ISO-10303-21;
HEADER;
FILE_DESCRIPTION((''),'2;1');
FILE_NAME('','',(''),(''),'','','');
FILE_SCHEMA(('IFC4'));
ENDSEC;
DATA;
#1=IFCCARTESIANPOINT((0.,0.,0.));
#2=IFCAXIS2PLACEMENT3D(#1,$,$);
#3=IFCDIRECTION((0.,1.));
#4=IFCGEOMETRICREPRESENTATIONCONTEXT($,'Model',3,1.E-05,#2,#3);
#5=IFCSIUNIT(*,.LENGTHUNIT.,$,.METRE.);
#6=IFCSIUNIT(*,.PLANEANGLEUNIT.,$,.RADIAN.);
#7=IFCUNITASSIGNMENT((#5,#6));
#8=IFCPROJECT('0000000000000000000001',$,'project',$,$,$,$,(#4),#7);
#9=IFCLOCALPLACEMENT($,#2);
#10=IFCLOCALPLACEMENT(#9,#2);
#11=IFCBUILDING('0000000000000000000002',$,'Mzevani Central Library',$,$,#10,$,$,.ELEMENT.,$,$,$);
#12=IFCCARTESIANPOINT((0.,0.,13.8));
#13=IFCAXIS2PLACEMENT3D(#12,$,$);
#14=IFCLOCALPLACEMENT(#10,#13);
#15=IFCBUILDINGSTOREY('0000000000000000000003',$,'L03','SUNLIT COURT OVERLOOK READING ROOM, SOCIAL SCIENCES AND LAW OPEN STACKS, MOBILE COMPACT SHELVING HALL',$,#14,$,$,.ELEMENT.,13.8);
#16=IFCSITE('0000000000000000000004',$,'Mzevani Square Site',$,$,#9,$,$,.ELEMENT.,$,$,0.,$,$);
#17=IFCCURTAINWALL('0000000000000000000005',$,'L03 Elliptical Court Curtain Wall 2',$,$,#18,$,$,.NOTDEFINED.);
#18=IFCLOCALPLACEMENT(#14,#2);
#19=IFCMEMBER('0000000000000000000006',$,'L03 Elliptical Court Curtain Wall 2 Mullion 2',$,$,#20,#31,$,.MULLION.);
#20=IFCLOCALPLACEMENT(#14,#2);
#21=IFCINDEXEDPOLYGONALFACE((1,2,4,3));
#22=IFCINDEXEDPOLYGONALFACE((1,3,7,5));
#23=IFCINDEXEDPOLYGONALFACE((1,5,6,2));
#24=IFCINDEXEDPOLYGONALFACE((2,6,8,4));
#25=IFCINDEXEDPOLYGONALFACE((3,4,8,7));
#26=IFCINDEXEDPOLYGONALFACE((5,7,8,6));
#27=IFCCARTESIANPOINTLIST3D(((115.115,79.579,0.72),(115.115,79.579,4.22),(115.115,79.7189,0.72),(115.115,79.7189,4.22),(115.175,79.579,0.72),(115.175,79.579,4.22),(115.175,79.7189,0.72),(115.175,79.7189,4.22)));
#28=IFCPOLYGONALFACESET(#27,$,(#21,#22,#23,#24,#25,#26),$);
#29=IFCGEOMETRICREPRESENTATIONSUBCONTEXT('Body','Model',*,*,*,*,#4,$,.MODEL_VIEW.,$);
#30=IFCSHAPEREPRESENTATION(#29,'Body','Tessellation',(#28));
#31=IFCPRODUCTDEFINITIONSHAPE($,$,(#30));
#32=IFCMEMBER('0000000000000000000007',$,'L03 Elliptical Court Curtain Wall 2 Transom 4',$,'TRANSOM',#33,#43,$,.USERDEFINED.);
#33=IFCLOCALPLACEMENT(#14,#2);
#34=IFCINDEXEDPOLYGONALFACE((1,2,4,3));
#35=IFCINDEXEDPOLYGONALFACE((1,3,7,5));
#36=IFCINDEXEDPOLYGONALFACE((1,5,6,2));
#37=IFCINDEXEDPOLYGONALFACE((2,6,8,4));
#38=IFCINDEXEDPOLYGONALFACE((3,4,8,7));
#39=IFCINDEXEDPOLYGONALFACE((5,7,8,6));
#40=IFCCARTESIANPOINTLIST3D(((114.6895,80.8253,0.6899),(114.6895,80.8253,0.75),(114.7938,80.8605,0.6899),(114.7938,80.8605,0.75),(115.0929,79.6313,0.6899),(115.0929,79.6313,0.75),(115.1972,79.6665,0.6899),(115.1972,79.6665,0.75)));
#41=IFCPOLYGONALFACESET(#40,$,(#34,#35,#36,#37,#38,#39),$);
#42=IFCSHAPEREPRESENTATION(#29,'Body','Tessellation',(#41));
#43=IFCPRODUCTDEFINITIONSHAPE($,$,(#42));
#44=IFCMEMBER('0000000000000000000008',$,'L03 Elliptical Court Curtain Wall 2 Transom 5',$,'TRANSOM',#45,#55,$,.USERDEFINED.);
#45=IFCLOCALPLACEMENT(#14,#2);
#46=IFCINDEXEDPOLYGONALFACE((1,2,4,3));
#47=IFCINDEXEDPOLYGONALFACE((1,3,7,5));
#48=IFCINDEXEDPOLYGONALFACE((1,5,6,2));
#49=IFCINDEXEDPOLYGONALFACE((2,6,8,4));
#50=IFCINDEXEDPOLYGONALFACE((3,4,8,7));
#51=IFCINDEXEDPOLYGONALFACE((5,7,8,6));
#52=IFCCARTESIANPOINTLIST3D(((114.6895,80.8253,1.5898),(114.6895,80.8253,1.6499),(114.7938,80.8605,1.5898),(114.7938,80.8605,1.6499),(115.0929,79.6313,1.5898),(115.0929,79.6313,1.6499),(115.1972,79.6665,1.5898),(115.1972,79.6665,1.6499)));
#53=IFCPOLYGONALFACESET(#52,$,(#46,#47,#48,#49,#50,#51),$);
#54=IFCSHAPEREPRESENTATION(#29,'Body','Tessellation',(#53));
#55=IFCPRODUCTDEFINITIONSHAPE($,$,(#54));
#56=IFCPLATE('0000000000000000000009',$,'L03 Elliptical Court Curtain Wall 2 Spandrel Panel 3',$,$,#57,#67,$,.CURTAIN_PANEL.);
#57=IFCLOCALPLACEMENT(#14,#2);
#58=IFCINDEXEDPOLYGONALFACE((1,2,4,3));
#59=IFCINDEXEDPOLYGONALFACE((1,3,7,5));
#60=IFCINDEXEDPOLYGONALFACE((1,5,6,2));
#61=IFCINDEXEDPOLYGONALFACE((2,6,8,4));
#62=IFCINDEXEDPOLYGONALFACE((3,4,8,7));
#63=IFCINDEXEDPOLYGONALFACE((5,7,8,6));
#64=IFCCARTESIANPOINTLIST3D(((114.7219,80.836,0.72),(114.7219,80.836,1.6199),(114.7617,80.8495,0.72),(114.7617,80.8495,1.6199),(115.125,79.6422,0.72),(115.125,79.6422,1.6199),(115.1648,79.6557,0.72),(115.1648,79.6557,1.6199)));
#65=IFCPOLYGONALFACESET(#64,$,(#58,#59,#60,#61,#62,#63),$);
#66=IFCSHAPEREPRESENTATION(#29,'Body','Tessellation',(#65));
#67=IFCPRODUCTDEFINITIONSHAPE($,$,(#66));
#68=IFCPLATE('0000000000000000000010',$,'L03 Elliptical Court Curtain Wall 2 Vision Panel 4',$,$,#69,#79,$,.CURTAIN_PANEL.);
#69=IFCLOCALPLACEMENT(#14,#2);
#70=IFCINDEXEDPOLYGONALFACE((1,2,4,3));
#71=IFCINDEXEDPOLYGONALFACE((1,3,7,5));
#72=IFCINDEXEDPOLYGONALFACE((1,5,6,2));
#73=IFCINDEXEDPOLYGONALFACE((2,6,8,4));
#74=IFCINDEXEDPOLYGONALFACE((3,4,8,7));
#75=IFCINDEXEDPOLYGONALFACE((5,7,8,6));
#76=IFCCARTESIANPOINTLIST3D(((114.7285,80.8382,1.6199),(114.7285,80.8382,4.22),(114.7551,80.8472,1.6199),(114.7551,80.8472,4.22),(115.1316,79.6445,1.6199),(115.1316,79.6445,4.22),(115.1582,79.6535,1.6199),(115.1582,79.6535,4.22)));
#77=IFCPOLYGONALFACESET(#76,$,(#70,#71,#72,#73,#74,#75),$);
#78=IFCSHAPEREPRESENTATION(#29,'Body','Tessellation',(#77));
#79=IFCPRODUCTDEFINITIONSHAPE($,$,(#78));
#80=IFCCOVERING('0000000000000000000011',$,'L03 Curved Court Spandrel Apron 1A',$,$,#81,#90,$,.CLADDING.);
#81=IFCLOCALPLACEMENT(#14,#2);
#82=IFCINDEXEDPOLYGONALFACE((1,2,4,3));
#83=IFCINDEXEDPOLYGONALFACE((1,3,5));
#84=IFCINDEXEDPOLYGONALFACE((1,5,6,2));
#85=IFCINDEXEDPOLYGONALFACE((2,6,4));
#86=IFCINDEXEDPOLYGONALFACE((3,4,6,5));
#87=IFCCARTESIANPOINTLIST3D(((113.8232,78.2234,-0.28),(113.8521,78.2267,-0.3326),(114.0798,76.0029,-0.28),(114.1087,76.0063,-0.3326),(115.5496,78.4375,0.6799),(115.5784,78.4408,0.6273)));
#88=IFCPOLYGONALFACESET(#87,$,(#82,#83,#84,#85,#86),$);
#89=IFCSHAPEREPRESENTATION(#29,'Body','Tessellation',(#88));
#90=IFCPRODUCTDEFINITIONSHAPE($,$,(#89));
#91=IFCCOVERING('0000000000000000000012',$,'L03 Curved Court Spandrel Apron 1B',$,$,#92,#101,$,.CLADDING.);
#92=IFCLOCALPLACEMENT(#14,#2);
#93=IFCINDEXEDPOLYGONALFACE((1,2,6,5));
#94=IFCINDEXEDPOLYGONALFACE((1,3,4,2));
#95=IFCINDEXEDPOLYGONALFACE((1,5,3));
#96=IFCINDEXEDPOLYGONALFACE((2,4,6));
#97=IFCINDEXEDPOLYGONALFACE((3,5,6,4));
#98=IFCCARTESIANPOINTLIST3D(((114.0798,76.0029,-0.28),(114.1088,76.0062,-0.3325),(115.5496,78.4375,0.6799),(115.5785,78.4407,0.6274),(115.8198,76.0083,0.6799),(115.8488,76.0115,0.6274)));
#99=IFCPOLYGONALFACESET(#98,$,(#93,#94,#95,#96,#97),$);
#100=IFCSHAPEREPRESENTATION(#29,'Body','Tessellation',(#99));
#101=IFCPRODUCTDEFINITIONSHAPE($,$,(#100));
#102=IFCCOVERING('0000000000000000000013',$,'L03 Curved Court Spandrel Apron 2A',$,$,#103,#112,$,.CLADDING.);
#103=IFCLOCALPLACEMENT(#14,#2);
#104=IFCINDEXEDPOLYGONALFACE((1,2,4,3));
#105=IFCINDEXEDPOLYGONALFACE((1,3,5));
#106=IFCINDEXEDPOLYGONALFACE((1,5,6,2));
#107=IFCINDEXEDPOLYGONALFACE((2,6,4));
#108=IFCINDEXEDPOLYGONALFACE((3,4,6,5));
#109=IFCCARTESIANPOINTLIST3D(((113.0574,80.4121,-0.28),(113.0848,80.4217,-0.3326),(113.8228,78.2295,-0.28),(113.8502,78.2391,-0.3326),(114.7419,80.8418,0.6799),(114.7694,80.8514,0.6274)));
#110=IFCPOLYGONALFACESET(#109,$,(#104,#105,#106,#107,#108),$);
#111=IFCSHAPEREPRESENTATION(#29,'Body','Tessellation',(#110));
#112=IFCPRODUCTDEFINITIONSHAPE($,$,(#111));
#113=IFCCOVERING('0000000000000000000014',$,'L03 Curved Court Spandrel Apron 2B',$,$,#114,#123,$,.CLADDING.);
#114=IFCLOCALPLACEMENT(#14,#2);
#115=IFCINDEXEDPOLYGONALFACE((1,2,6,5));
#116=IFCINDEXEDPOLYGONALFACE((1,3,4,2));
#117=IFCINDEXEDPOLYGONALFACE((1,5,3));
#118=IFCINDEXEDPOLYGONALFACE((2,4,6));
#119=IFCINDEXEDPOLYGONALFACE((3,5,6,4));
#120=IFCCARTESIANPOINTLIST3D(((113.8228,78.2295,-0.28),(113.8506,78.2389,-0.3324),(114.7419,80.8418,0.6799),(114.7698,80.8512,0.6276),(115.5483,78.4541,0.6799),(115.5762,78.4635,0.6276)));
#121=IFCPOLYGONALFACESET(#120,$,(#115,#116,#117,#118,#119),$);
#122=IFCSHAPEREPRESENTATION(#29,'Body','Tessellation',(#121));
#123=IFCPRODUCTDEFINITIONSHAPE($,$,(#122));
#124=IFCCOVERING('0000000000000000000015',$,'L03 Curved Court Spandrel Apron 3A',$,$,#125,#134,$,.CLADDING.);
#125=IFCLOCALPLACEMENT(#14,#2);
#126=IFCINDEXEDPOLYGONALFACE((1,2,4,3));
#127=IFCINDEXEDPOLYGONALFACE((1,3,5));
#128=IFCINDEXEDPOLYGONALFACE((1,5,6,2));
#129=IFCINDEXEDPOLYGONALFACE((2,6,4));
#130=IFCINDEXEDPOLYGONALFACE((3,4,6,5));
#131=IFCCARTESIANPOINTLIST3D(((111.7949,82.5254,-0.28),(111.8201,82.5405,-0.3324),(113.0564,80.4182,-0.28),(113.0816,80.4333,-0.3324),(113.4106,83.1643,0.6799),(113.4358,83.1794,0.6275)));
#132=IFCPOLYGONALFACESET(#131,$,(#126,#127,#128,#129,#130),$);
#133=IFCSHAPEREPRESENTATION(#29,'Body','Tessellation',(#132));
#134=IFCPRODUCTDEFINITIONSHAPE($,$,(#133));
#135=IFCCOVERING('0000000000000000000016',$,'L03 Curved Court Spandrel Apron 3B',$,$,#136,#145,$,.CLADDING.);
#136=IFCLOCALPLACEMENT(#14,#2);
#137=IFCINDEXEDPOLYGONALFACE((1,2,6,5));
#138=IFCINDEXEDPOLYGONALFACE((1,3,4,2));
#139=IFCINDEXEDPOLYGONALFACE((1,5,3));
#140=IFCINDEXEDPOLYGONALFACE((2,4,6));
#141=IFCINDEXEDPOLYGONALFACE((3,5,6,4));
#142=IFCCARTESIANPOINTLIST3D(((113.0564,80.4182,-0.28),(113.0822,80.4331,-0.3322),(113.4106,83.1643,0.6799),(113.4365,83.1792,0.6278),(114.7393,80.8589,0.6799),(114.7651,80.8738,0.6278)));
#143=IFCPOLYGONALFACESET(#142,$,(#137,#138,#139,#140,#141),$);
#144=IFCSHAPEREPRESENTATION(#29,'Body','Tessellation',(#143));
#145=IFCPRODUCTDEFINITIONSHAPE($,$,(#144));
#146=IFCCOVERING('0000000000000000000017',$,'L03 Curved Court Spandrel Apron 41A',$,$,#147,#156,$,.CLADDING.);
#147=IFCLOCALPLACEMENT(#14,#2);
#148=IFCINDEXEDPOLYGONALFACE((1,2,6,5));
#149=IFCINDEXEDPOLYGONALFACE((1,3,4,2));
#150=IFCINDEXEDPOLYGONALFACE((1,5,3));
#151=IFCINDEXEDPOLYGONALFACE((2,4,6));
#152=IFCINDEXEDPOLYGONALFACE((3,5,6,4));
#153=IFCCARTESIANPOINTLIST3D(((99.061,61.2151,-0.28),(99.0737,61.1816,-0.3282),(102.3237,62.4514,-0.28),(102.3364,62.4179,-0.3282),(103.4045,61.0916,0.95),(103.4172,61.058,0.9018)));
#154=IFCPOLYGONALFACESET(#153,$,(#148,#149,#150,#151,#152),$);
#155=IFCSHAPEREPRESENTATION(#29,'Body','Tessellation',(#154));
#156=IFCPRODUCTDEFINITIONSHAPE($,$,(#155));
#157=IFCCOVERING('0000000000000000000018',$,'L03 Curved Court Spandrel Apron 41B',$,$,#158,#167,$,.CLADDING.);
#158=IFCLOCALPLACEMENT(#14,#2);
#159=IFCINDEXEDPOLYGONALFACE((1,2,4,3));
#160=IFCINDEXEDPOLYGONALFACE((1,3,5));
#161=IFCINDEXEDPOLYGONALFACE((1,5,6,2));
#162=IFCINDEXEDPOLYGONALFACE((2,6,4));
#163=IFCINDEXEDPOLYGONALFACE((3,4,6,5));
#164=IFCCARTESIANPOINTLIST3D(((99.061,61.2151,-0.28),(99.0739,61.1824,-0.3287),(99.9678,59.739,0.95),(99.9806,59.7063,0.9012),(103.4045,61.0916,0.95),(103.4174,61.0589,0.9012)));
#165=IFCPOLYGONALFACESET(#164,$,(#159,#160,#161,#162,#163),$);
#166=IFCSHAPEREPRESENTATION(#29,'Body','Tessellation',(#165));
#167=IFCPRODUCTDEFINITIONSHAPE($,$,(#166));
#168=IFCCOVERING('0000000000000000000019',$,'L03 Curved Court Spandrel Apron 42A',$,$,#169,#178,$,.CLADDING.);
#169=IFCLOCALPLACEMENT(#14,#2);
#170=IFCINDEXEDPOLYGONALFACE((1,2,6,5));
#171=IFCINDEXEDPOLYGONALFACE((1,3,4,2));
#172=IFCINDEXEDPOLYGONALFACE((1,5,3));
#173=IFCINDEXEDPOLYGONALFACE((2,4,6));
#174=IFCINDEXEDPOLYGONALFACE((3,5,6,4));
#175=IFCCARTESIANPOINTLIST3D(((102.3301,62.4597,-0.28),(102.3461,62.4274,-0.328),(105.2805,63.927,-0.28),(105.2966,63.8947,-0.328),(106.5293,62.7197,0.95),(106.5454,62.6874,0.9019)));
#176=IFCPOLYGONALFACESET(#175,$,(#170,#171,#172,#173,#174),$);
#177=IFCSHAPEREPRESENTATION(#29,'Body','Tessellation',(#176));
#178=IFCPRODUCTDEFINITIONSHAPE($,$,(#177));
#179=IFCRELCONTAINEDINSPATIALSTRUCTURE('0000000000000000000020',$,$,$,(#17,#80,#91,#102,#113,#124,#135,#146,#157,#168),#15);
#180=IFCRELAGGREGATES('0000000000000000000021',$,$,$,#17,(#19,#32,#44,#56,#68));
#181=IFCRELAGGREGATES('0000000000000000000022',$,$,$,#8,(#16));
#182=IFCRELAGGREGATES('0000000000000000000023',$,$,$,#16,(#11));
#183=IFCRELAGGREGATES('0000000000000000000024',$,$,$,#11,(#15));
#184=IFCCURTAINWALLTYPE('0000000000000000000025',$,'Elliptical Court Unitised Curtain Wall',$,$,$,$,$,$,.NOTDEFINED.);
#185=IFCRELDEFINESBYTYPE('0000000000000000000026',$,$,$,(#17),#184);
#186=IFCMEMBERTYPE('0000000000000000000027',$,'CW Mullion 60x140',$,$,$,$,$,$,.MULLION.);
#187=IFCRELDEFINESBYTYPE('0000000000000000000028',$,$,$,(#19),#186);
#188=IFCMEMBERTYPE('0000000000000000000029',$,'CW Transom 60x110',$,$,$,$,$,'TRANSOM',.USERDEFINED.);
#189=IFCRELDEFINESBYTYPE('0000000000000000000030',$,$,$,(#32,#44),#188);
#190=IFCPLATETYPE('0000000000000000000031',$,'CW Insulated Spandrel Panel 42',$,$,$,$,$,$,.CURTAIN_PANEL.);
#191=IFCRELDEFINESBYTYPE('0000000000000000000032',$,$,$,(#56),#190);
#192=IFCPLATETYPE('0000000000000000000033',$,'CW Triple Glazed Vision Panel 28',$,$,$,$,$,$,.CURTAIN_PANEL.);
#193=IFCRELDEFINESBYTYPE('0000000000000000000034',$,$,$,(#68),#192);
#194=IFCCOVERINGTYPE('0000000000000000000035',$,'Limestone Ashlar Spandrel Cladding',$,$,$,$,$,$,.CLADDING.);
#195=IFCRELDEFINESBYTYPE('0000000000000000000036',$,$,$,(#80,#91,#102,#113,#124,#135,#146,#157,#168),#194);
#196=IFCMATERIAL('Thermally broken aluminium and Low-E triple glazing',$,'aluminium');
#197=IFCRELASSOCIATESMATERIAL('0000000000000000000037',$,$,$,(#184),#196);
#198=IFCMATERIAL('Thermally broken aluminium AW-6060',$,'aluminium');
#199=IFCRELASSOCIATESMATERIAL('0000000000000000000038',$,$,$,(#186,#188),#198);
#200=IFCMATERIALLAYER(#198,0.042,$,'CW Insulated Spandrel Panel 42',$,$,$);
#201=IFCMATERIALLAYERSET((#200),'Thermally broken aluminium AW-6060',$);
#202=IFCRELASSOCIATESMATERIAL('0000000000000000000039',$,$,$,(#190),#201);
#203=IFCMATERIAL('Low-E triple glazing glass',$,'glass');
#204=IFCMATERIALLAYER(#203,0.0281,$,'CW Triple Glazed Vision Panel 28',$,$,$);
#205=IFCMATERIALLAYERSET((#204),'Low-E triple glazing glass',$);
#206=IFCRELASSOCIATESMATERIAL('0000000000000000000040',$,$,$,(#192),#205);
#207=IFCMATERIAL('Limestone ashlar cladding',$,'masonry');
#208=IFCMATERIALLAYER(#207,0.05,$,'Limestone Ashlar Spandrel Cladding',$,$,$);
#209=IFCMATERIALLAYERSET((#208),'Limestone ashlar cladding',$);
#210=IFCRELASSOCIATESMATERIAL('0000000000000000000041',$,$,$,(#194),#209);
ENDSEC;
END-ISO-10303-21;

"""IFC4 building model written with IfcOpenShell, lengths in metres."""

from ifc_helpers import new_model, si_unit, direction, frame, origin, origin_2d, place, context, subcontext, project, spatial, polyline, rectangle, outline, extrude, material, layer, layer_set, material_profile, profile_set, type_object, element, aggregate, save


model = new_model("IFC4")

# Units and contexts
model_context = context("Model", 3, precision=1e-05, world=origin(), true_north=direction((0.0, 1.0)))
body_context = subcontext(model_context, "Body", "Model", "MODEL_VIEW")
ifc_project = project(units=[si_unit("LENGTHUNIT", "METRE"), si_unit("PLANEANGLEUNIT", "RADIAN")], contexts=[model_context])

# Site, building, storey
site_placement = place(None, origin())
site = spatial("IfcSite", under=ifc_project, at=site_placement, Name="Mzevani Square Site", CompositionType="ELEMENT", RefElevation=0.0)
building_placement = place(site_placement, origin())
building = spatial("IfcBuilding", under=site, at=building_placement, Name="Mzevani Central Library", CompositionType="ELEMENT")
storey_placement = place(building_placement, frame((0.0, 0.0, 13.8)))
storey = spatial("IfcBuildingStorey", under=building, at=storey_placement, Name="L03", Description="SUNLIT COURT OVERLOOK READING ROOM, SOCIAL SCIENCES AND LAW OPEN STACKS, MOBILE COMPACT SHELVING HALL", CompositionType="ELEMENT", Elevation=13.8)

# Curtain wall, members, plates
ifc_material_1 = material(Name="Thermally broken aluminium and Low-E triple glazing", Category="aluminium")
curtain_wall_type = type_object("IfcCurtainWallType", Name="Elliptical Court Unitised Curtain Wall", PredefinedType="NOTDEFINED", material=ifc_material_1)
curtain_wall_placement = place(storey_placement, origin())
curtain_wall = element("IfcCurtainWall", 1, at=curtain_wall_placement, inside=storey, type_object=curtain_wall_type, Name="L03 Elliptical Court Curtain Wall 2", PredefinedType="NOTDEFINED")
ifc_material_2 = material(Name="Thermally broken aluminium AW-6060", Category="aluminium")
ifc_material_profile_1 = material_profile(ifc_material_2, rectangle(XDim=0.0601, YDim=0.1399, at=origin_2d()), Name="ALU M60x140")
ifc_profile_set_1 = profile_set([ifc_material_profile_1], Name="Thermally broken aluminium AW-6060")
member_type_1 = type_object("IfcMemberType", Name="CW Mullion 60x140", PredefinedType="MULLION", material=ifc_profile_set_1)
member_1_placement = place(storey_placement, frame((115.145, 79.6489, 0.72), z_axis=(0.0, 0.0, 1.0), x_axis=(1.0, 0.0, 0.0)))
member_1 = element("IfcMember", 2, at=member_1_placement, type_object=member_type_1, Name="L03 Elliptical Court Curtain Wall 2 Mullion 2", PredefinedType="MULLION", context=body_context, shape_type="SweptSolid", body=[
    extrude(rectangle(XDim=0.0601, YDim=0.1399, at=origin_2d()), origin(), (0.0, 0.0, 1.0), 3.5),
])
ifc_material_profile_2 = material_profile(ifc_material_2, rectangle(XDim=0.1101, YDim=0.0601, at=origin_2d()), Name="ALU T60x110")
ifc_profile_set_2 = profile_set([ifc_material_profile_2], Name="Thermally broken aluminium AW-6060")
member_type_2 = type_object("IfcMemberType", Name="CW Transom 60x110", ElementType="TRANSOM", PredefinedType="USERDEFINED", material=ifc_profile_set_2)
member_2_placement = place(storey_placement, frame((115.145, 79.6489, 0.72), z_axis=(-0.320061, 0.947397, 0.0), x_axis=(-0.947397, -0.320061, 0.0)))
member_2 = element("IfcMember", 3, at=member_2_placement, type_object=member_type_2, Name="L03 Elliptical Court Curtain Wall 2 Transom 4", ObjectType="TRANSOM", PredefinedType="USERDEFINED", context=body_context, shape_type="SweptSolid", body=[
    extrude(rectangle(XDim=0.1101, YDim=0.0601, at=origin_2d()), origin(), (0.0, 0.0, 1.0), 1.2603),
])
member_3_placement = place(storey_placement, frame((115.145, 79.6489, 1.6199), z_axis=(-0.320061, 0.947397, 0.0), x_axis=(-0.947397, -0.320061, 0.0)))
member_3 = element("IfcMember", 4, at=member_3_placement, type_object=member_type_2, Name="L03 Elliptical Court Curtain Wall 2 Transom 5", ObjectType="TRANSOM", PredefinedType="USERDEFINED", context=body_context, shape_type="SweptSolid", body=[
    extrude(rectangle(XDim=0.1101, YDim=0.0601, at=origin_2d()), origin(), (0.0, 0.0, 1.0), 1.2603),
])
ifc_layer_1 = layer(ifc_material_2, 0.042, Name="CW Insulated Spandrel Panel 42")
ifc_layer_set_1 = layer_set([ifc_layer_1], Name="Thermally broken aluminium AW-6060")
plate_type_1 = type_object("IfcPlateType", Name="CW Insulated Spandrel Panel 42", PredefinedType="CURTAIN_PANEL", material=ifc_layer_set_1)
plate_1_placement = place(storey_placement, frame((114.9434, 80.2458, 0.72), z_axis=(0.0, 0.0, 1.0), x_axis=(-0.319963, 0.94743, 0.0)))
plate_1 = element("IfcPlate", 5, at=plate_1_placement, type_object=plate_type_1, Name="L03 Elliptical Court Curtain Wall 2 Spandrel Panel 3", PredefinedType="CURTAIN_PANEL", context=body_context, shape_type="SweptSolid", body=[
    extrude(rectangle(XDim=1.26, YDim=0.042, at=origin_2d()), origin(), (0.0, 0.0, 1.0), 0.8999),
])
ifc_material_3 = material(Name="Low-E triple glazing glass", Category="glass")
ifc_layer_2 = layer(ifc_material_3, 0.0281, Name="CW Triple Glazed Vision Panel 28")
ifc_layer_set_2 = layer_set([ifc_layer_2], Name="Low-E triple glazing glass")
plate_type_2 = type_object("IfcPlateType", Name="CW Triple Glazed Vision Panel 28", PredefinedType="CURTAIN_PANEL", material=ifc_layer_set_2)
plate_2_placement = place(storey_placement, frame((114.9434, 80.2458, 1.6199), z_axis=(0.0, 0.0, 1.0), x_axis=(-0.319963, 0.94743, 0.0)))
plate_2 = element("IfcPlate", 6, at=plate_2_placement, type_object=plate_type_2, Name="L03 Elliptical Court Curtain Wall 2 Vision Panel 4", PredefinedType="CURTAIN_PANEL", context=body_context, shape_type="SweptSolid", body=[
    extrude(rectangle(XDim=1.26, YDim=0.0281, at=origin_2d()), origin(), (0.0, 0.0, 1.0), 2.6001),
])
aggregate(curtain_wall, [member_1, member_2, member_3, plate_1, plate_2])

# Coverings
ifc_material_4 = material(Name="Limestone ashlar cladding", Category="masonry")
ifc_layer_3 = layer(ifc_material_4, 0.05, Name="Limestone Ashlar Spandrel Cladding")
ifc_layer_set_3 = layer_set([ifc_layer_3], Name="Limestone ashlar cladding")
covering_type = type_object("IfcCoveringType", Name="Limestone Ashlar Spandrel Cladding", PredefinedType="CLADDING", material=ifc_layer_set_3)
covering_1_placement = place(storey_placement, frame((114.0798, 76.0029, -0.28), z_axis=(-0.479978, -0.055465, 0.875525), x_axis=(-0.114794, 0.993389, 0.0)))
element("IfcCovering", 7, at=covering_1_placement, inside=storey, type_object=covering_type, Name="L03 Curved Court Spandrel Apron 1A", PredefinedType="CLADDING", context=body_context, shape_type="SweptSolid", body=[
    extrude(outline(polyline([(0.0, 0.0), (2.2352, 0.0), (2.2498, -1.9868), (0.0, 0.0)])), origin(), (0.0, 0.0, -1.0), 0.0601),
])
covering_2_placement = place(storey_placement, frame((114.0798, 76.0029, -0.28), z_axis=(-0.482242, -0.053652, 0.874394), x_axis=(0.489671, 0.811129, 0.319831)))
element("IfcCovering", 8, at=covering_2_placement, inside=storey, type_object=covering_type, Name="L03 Curved Court Spandrel Apron 1B", PredefinedType="CLADDING", context=body_context, shape_type="SweptSolid", body=[
    extrude(outline(polyline([(0.0, 0.0), (3.0015, 0.0), (1.1634, -1.6111), (0.0, 0.0)])), origin(), (0.0, 0.0, -1.0), 0.0601),
])
covering_3_placement = place(storey_placement, frame((113.8228, 78.2295, -0.28), z_axis=(-0.457488, -0.160428, 0.874624), x_axis=(-0.330915, 0.943661, 0.0)))
element("IfcCovering", 9, at=covering_3_placement, inside=storey, type_object=covering_type, Name="L03 Curved Court Spandrel Apron 2A", PredefinedType="CLADDING", context=body_context, shape_type="SweptSolid", body=[
    extrude(outline(polyline([(0.0, 0.0), (2.3129, 0.0), (2.161, -1.9801), (0.0, 0.0)])), origin(), (0.0, 0.0, -1.0), 0.0601),
])
covering_4_placement = place(storey_placement, frame((113.8228, 78.2295, -0.28), z_axis=(-0.464458, -0.156861, 0.871592), x_axis=(0.313613, 0.891277, 0.327524)))
element("IfcCovering", 10, at=covering_4_placement, inside=storey, type_object=covering_type, Name="L03 Curved Court Spandrel Apron 2B", PredefinedType="CLADDING", context=body_context, shape_type="SweptSolid", body=[
    extrude(outline(polyline([(0.0, 0.0), (2.931, 0.0), (1.0558, -1.6837), (0.0, 0.0)])), origin(), (0.0, 0.0, -1.0), 0.0601),
])
covering_5_placement = place(storey_placement, frame((113.0564, 80.4182, -0.28), z_axis=(-0.419175, -0.250942, 0.872537), x_axis=(-0.513648, 0.858001, 0.0)))
element("IfcCovering", 11, at=covering_5_placement, inside=storey, type_object=covering_type, Name="L03 Curved Court Spandrel Apron 3A", PredefinedType="CLADDING", context=body_context, shape_type="SweptSolid", body=[
    extrude(outline(polyline([(0.0, 0.0), (2.4559, 0.0), (2.1742, -1.9649), (0.0, 0.0)])), origin(), (0.0, 0.0, -1.0), 0.0601),
])
covering_6_placement = place(storey_placement, frame((113.0564, 80.4182, -0.28), z_axis=(-0.430218, -0.247935, 0.86801), x_axis=(0.120882, 0.937062, 0.327572)))
element("IfcCovering", 12, at=covering_6_placement, inside=storey, type_object=covering_type, Name="L03 Curved Court Spandrel Apron 3B", PredefinedType="CLADDING", context=body_context, shape_type="SweptSolid", body=[
    extrude(outline(polyline([(0.0, 0.0), (2.9305, 0.0), (0.9308, -1.7554), (0.0, 0.0)])), origin(), (0.0, 0.0, -1.0), 0.0601),
])
covering_7_placement = place(storey_placement, frame((99.061, 61.2151, -0.28), z_axis=(-0.211396, 0.557879, 0.802548), x_axis=(0.935116, 0.354342, 0.0)))
element("IfcCovering", 13, at=covering_7_placement, inside=storey, type_object=covering_type, Name="L03 Curved Court Spandrel Apron 41A", PredefinedType="CLADDING", context=body_context, shape_type="SweptSolid", body=[
    extrude(outline(polyline([(0.0, 0.0), (3.4891, 0.0), (4.0179, -2.0617), (0.0, 0.0)])), origin(), (0.0, 0.0, -1.0), 0.0601),
])
covering_8_placement = place(storey_placement, frame((99.061, 61.2151, -0.28), z_axis=(-0.214203, 0.544284, 0.811093), x_axis=(0.961806, -0.027355, 0.272361)))
element("IfcCovering", 14, at=covering_8_placement, inside=storey, type_object=covering_type, Name="L03 Curved Court Spandrel Apron 41B", PredefinedType="CLADDING", context=body_context, shape_type="SweptSolid", body=[
    extrude(outline(polyline([(0.0, 0.0), (4.516, 0.0), (1.2475, -1.7198), (0.0, 0.0)])), origin(), (0.0, 0.0, -1.0), 0.0601),
])
covering_9_placement = place(storey_placement, frame((102.3301, 62.4597, -0.28), z_axis=(-0.267477, 0.537848, 0.799485), x_axis=(0.895388, 0.445286, 0.0)))
element("IfcCovering", 15, at=covering_9_placement, inside=storey, type_object=covering_type, Name="L03 Curved Court Spandrel Apron 42A", PredefinedType="CLADDING", context=body_context, shape_type="SweptSolid", body=[
    extrude(outline(polyline([(0.0, 0.0), (3.2952, 0.0), (3.8757, -2.0476), (0.0, 0.0)])), origin(), (0.0, 0.0, -1.0), 0.0601),
])

save(model, "model.ifc")
